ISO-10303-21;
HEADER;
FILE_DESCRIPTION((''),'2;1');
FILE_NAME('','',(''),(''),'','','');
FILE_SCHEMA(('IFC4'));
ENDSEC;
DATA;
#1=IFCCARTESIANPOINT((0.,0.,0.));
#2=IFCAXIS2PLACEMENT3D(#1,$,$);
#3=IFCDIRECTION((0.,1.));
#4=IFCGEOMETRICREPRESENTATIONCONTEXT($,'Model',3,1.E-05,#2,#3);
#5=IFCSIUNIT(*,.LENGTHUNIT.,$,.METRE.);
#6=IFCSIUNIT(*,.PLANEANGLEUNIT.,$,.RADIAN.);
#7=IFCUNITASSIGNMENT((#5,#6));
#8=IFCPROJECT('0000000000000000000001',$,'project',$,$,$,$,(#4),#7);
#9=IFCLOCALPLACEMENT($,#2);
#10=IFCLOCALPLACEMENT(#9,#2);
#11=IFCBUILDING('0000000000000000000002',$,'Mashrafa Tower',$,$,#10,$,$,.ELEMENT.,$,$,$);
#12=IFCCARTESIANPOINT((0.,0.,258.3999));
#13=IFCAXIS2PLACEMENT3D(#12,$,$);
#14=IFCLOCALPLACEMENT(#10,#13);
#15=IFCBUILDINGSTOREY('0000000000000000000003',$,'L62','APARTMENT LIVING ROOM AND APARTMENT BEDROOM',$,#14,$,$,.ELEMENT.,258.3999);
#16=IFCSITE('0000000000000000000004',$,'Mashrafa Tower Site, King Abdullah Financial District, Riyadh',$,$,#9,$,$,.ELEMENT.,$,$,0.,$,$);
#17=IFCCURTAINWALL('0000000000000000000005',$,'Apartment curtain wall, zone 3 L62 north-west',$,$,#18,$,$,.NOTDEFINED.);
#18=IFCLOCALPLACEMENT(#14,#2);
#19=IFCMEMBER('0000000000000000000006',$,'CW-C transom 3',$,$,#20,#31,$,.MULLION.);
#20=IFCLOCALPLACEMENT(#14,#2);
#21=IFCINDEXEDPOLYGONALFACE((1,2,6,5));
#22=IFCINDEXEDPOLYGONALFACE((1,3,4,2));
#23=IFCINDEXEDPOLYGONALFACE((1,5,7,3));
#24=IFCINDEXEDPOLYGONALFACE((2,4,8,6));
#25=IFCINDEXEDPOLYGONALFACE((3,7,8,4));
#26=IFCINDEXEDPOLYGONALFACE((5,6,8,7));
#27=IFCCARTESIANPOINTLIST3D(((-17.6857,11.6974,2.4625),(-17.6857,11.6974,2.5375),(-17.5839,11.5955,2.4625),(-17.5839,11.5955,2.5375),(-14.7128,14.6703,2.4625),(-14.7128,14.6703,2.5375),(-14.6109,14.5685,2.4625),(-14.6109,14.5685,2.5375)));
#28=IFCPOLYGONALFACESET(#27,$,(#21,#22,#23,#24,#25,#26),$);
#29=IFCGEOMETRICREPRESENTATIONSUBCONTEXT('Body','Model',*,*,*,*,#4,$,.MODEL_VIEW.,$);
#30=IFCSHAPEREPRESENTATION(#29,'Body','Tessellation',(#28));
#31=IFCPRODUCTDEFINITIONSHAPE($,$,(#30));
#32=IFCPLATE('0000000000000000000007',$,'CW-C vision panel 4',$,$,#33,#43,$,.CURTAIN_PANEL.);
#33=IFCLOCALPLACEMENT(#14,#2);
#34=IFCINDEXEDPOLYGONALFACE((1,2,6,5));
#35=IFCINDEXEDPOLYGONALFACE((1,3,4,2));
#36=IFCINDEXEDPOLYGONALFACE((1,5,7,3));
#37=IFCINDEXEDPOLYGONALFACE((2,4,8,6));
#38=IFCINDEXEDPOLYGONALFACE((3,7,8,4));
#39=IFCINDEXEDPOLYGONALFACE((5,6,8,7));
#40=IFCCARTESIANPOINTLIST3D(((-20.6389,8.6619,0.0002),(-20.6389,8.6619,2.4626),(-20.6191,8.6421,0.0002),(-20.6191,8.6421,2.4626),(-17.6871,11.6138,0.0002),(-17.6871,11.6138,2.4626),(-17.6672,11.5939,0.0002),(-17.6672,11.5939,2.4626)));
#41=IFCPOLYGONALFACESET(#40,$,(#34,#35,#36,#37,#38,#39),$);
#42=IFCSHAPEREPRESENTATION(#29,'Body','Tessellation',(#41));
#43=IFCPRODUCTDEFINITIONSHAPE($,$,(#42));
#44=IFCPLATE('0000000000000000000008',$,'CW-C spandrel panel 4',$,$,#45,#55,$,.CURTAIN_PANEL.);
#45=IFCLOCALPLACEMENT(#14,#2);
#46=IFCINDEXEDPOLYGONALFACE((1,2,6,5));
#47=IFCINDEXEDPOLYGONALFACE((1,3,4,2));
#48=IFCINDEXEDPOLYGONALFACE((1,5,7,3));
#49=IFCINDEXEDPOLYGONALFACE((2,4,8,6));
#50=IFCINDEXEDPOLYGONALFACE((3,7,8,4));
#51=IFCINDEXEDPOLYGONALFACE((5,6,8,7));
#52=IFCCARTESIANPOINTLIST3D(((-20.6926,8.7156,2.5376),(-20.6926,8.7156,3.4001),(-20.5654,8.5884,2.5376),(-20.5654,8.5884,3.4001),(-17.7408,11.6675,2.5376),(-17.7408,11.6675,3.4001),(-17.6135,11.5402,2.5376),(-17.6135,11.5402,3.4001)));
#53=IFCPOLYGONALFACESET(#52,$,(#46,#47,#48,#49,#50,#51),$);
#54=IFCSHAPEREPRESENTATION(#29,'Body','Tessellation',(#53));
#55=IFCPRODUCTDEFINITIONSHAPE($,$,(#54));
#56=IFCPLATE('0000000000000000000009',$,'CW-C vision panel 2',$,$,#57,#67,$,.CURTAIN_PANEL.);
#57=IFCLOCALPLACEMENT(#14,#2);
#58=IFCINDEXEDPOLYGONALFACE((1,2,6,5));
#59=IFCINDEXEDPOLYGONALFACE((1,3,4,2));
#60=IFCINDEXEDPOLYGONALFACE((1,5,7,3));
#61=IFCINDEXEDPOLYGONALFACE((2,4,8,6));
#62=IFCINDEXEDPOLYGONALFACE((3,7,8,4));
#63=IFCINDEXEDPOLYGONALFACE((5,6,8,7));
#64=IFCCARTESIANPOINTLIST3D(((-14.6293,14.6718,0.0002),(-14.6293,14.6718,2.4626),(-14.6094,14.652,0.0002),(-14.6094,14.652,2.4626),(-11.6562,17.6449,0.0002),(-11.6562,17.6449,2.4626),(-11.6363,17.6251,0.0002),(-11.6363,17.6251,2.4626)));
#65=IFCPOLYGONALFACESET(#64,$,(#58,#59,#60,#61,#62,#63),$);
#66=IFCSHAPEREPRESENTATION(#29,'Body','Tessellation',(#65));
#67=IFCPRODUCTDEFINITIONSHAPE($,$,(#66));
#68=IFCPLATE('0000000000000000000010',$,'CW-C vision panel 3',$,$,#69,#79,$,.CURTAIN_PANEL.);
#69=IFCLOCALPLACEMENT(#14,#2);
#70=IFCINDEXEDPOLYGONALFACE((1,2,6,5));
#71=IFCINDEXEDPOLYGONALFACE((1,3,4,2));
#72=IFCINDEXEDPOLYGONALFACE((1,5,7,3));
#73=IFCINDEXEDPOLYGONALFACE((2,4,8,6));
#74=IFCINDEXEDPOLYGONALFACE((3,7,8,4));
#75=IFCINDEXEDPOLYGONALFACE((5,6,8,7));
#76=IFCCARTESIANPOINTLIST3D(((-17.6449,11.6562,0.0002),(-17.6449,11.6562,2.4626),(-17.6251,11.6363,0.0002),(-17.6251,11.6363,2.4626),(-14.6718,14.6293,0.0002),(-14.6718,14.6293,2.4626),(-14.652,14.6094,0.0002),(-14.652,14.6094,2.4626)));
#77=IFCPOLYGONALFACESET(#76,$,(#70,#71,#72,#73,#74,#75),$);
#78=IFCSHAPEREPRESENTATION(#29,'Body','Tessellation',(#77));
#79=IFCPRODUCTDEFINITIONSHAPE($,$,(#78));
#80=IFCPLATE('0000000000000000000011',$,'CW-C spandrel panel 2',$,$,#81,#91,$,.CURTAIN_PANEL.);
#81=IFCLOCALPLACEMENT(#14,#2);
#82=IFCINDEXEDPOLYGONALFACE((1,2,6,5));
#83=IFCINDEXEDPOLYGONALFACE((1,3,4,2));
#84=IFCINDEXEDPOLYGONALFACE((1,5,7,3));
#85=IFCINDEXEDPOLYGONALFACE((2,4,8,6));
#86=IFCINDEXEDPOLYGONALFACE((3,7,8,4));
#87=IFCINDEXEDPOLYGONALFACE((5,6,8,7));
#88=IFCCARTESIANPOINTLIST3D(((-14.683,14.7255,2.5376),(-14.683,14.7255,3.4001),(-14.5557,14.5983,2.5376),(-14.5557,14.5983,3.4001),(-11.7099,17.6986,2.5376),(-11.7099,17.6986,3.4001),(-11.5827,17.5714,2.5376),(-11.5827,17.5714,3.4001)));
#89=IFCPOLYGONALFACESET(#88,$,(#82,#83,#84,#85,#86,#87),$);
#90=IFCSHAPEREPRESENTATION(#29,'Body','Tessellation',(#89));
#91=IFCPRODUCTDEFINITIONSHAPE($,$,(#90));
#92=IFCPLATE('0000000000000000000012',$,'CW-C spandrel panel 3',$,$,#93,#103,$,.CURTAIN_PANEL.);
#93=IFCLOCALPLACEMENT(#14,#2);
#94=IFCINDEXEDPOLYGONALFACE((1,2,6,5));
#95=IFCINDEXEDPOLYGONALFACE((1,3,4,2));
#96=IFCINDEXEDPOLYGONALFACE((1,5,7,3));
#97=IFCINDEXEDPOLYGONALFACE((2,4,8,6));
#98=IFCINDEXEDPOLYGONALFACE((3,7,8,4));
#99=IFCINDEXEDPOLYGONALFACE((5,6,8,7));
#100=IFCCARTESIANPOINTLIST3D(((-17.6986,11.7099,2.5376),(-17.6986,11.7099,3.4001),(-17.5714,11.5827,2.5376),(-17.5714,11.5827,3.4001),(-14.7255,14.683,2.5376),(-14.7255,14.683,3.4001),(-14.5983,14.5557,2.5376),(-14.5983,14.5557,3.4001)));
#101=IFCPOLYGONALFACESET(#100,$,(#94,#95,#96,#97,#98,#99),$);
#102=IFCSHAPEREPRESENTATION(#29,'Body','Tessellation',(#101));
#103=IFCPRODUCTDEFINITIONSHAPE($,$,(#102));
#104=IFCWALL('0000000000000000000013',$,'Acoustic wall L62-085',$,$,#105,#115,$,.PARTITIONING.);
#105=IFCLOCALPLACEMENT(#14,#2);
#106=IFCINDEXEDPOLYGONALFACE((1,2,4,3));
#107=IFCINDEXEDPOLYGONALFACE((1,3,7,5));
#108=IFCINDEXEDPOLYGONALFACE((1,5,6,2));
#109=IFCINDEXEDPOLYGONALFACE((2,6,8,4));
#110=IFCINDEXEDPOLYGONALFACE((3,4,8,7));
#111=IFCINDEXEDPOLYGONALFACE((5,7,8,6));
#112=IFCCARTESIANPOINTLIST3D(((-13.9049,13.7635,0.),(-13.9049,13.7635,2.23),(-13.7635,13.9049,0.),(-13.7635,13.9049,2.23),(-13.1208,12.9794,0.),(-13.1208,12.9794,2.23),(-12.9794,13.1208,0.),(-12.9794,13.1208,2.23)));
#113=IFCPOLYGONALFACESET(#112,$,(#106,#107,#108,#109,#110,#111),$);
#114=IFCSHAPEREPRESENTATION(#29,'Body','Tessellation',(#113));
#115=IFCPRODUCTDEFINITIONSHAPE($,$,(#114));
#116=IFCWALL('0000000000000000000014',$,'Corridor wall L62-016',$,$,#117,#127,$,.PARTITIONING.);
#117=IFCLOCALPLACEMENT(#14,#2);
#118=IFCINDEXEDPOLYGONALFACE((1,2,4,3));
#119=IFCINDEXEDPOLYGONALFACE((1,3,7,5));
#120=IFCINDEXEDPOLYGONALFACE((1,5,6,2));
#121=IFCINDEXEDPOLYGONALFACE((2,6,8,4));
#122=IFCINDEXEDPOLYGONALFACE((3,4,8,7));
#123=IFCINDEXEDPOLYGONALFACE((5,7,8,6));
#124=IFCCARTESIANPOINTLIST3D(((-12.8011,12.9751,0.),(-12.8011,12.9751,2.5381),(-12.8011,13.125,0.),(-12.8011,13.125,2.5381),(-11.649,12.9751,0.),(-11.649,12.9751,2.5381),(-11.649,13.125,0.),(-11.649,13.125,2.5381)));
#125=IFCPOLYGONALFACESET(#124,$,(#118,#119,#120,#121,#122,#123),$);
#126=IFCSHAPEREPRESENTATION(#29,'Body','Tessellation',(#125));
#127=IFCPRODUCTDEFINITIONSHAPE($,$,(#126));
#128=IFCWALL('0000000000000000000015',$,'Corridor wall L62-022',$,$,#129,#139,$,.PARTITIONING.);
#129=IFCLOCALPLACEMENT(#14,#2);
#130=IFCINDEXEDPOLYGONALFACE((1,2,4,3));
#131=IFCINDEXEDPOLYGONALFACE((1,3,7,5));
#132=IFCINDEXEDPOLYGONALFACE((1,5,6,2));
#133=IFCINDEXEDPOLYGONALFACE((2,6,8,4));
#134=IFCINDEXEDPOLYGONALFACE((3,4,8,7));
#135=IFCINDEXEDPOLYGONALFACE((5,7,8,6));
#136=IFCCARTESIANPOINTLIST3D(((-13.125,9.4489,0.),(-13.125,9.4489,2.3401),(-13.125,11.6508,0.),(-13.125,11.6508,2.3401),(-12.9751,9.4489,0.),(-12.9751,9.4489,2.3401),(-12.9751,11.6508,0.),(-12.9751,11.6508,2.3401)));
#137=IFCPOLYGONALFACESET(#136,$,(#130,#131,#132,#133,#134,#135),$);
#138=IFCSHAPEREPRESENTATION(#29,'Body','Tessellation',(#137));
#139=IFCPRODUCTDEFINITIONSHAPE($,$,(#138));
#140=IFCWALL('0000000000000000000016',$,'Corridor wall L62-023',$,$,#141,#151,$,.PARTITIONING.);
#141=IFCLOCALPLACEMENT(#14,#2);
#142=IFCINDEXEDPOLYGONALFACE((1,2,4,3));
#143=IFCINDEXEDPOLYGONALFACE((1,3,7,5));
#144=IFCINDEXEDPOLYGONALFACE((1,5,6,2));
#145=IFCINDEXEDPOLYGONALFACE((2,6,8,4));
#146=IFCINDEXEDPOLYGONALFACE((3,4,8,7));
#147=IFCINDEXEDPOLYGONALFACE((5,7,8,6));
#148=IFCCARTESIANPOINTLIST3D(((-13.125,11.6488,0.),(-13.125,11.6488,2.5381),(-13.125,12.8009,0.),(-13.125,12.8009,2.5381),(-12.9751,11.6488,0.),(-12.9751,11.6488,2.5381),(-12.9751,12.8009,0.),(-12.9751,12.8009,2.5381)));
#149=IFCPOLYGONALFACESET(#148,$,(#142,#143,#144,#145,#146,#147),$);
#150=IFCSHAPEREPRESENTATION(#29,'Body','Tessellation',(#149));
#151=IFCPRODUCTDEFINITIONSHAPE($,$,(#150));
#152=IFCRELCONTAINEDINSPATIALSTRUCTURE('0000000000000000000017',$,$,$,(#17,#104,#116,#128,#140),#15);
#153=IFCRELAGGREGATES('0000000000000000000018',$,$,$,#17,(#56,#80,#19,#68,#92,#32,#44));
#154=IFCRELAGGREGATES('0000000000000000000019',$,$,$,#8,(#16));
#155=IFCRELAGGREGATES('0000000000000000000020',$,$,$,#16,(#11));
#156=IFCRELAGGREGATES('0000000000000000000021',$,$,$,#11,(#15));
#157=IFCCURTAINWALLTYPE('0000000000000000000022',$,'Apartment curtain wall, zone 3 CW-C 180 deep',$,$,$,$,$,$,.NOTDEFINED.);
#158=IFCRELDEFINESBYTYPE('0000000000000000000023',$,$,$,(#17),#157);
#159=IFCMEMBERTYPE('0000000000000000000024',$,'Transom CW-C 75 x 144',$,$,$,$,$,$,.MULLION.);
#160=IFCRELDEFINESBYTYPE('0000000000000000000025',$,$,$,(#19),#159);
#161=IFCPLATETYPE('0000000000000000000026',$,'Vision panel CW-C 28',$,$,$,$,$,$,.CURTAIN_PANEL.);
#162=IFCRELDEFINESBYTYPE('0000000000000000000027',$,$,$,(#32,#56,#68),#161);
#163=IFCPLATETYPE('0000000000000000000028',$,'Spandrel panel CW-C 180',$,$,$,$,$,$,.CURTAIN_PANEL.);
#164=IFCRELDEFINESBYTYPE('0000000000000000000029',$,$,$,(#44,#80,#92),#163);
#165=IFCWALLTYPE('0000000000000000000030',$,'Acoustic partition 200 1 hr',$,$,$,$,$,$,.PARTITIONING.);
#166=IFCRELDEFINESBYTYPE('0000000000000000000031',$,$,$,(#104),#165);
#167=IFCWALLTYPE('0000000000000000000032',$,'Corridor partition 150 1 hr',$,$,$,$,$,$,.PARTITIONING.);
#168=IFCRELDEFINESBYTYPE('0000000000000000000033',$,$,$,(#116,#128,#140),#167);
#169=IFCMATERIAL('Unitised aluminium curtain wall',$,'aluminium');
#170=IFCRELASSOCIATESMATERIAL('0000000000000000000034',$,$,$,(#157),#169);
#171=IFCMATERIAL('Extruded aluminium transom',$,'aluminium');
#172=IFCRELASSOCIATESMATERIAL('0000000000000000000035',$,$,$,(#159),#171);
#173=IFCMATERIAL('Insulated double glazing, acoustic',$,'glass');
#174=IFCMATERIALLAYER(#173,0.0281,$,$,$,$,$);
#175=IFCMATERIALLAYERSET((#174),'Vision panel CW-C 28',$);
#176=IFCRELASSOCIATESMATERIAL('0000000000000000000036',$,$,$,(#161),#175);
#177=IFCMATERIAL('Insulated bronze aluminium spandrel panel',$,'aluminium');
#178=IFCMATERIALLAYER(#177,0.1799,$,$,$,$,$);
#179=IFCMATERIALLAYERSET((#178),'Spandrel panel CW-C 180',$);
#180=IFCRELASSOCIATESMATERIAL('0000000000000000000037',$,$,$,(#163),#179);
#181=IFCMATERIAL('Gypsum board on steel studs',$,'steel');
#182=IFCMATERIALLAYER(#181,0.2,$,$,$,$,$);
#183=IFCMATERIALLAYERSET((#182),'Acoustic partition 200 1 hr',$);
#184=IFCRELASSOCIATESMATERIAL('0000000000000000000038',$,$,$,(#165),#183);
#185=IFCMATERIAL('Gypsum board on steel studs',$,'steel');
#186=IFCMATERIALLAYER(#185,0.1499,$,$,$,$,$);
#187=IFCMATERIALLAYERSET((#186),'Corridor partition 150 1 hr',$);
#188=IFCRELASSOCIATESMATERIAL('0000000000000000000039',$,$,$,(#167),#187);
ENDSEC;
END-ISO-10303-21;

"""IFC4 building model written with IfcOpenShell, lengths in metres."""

from ifc_helpers import new_model, si_unit, direction, frame, frame_2d, origin, origin_2d, place, context, subcontext, project, spatial, rectangle, extrude, source, transform, mapped, material, layer, layer_set, material_profile, profile_set, type_object, type_shapes, element, aggregate, save


model = new_model("IFC4")

# Units and contexts
model_context = context("Model", 3, precision=1e-05, world=origin(), true_north=direction((0.0, 1.0)))
body_context = subcontext(model_context, "Body", "Model", "MODEL_VIEW")
ifc_project = project(units=[si_unit("LENGTHUNIT", "METRE"), si_unit("PLANEANGLEUNIT", "RADIAN")], contexts=[model_context])

# Site, building, storey
site_placement = place(None, origin())
site = spatial("IfcSite", under=ifc_project, at=site_placement, Name="Mashrafa Tower Site, King Abdullah Financial District, Riyadh", CompositionType="ELEMENT", RefElevation=0.0)
building_placement = place(site_placement, origin())
building = spatial("IfcBuilding", under=site, at=building_placement, Name="Mashrafa Tower", CompositionType="ELEMENT")
storey_placement = place(building_placement, frame((0.0, 0.0, 258.3999)))
storey = spatial("IfcBuildingStorey", under=building, at=storey_placement, Name="L62", Description="APARTMENT LIVING ROOM AND APARTMENT BEDROOM", CompositionType="ELEMENT", Elevation=258.3999)

# Curtain wall, member, plates
ifc_material_1 = material(Name="Unitised aluminium curtain wall", Category="aluminium")
curtain_wall_type = type_object("IfcCurtainWallType", Name="Apartment curtain wall, zone 3 CW-C 180 deep", PredefinedType="NOTDEFINED", material=ifc_material_1)
curtain_wall_placement = place(storey_placement, origin())
curtain_wall = element("IfcCurtainWall", 1, at=curtain_wall_placement, inside=storey, type_object=curtain_wall_type, Name="Apartment curtain wall, zone 3 L62 north-west", PredefinedType="NOTDEFINED")
ifc_material_2 = material(Name="Extruded aluminium transom", Category="aluminium")
ifc_material_profile_1 = material_profile(ifc_material_2, rectangle(XDim=0.144, YDim=0.075, at=origin_2d()), Name="Transom 75x144")
ifc_profile_set_1 = profile_set([ifc_material_profile_1], Name="Extruded aluminium transom")
member_type_1 = type_object("IfcMemberType", Name="Transom CW-C 75 x 144", PredefinedType="MULLION", material=ifc_profile_set_1)
shared_shape_1 = source(origin(), body_context, "Body", "SweptSolid", [
    extrude(rectangle(XDim=0.144, YDim=0.075, at=origin_2d()), origin(), (0.0, 0.0, 1.0), 4.2043),
])
member_1_placement = place(storey_placement, frame((-14.6619, 14.6194, 2.5), z_axis=(-0.707107, -0.707107, 0.0), x_axis=(0.707107, -0.707107, 0.0)))
member_1 = element("IfcMember", 2, at=member_1_placement, type_object=member_type_1, Name="CW-C transom 3", PredefinedType="MULLION", context=body_context, shape_type="MappedRepresentation", body=[
    mapped(shared_shape_1, transform((0.0, 0.0, 0.0))),
])
ifc_material_3 = material(Name="Insulated double glazing, acoustic", Category="glass")
ifc_layer_1 = layer(ifc_material_3, 0.0281)
ifc_layer_set_1 = layer_set([ifc_layer_1], Name="Vision panel CW-C 28")
plate_type_1 = type_object("IfcPlateType", Name="Vision panel CW-C 28", PredefinedType="CURTAIN_PANEL", material=ifc_layer_set_1)
shared_shape_2 = source(origin(), body_context, "Body", "SweptSolid", [
    extrude(rectangle(XDim=4.1746, YDim=0.0281, at=origin_2d()), origin(), (0.0, 0.0, 1.0), 2.4624),
])
plate_1_placement = place(storey_placement, frame((-19.1531, 10.1279, 0.0002), z_axis=(0.0, 0.0, 1.0), x_axis=(-0.707107, -0.707107, 0.0)))
plate_1 = element("IfcPlate", 3, at=plate_1_placement, type_object=plate_type_1, Name="CW-C vision panel 4", PredefinedType="CURTAIN_PANEL", context=body_context, shape_type="MappedRepresentation", body=[
    mapped(shared_shape_2, transform((0.0, 0.0, 0.0))),
])
ifc_material_4 = material(Name="Insulated bronze aluminium spandrel panel", Category="aluminium")
ifc_layer_2 = layer(ifc_material_4, 0.1799)
ifc_layer_set_2 = layer_set([ifc_layer_2], Name="Spandrel panel CW-C 180")
plate_type_2 = type_object("IfcPlateType", Name="Spandrel panel CW-C 180", PredefinedType="CURTAIN_PANEL", material=ifc_layer_set_2)
shared_shape_3 = source(origin(), body_context, "Body", "SweptSolid", [
    extrude(rectangle(XDim=4.1746, YDim=0.1799, at=origin_2d()), origin(), (0.0, 0.0, 1.0), 0.8625),
])
plate_2_placement = place(storey_placement, frame((-19.1531, 10.1279, 2.5376), z_axis=(0.0, 0.0, 1.0), x_axis=(-0.707107, -0.707107, 0.0)))
plate_2 = element("IfcPlate", 4, at=plate_2_placement, type_object=plate_type_2, Name="CW-C spandrel panel 4", PredefinedType="CURTAIN_PANEL", context=body_context, shape_type="MappedRepresentation", body=[
    mapped(shared_shape_3, transform((0.0, 0.0, 0.0))),
])
shared_shape_4 = source(origin(), body_context, "Body", "SweptSolid", [
    extrude(rectangle(XDim=4.2046, YDim=0.0281, at=origin_2d()), origin(), (0.0, 0.0, 1.0), 2.4624),
])
type_shapes(plate_type_1, [shared_shape_2, shared_shape_4])
plate_3_placement = place(storey_placement, frame((-13.1328, 16.1484, 0.0002), z_axis=(0.0, 0.0, 1.0), x_axis=(-0.707107, -0.707107, 0.0)))
plate_3 = element("IfcPlate", 5, at=plate_3_placement, type_object=plate_type_1, Name="CW-C vision panel 2", PredefinedType="CURTAIN_PANEL", context=body_context, shape_type="MappedRepresentation", body=[
    mapped(shared_shape_4, transform((0.0, 0.0, 0.0))),
])
plate_4_placement = place(storey_placement, frame((-16.1484, 13.1328, 0.0002), z_axis=(0.0, 0.0, 1.0), x_axis=(-0.707107, -0.707107, 0.0)))
plate_4 = element("IfcPlate", 6, at=plate_4_placement, type_object=plate_type_1, Name="CW-C vision panel 3", PredefinedType="CURTAIN_PANEL", context=body_context, shape_type="MappedRepresentation", body=[
    mapped(shared_shape_4, transform((0.0, 0.0, 0.0))),
])
shared_shape_5 = source(origin(), body_context, "Body", "SweptSolid", [
    extrude(rectangle(XDim=4.2046, YDim=0.1799, at=origin_2d()), origin(), (0.0, 0.0, 1.0), 0.8625),
])
type_shapes(plate_type_2, [shared_shape_3, shared_shape_5])
plate_5_placement = place(storey_placement, frame((-13.1328, 16.1484, 2.5376), z_axis=(0.0, 0.0, 1.0), x_axis=(-0.707107, -0.707107, 0.0)))
plate_5 = element("IfcPlate", 7, at=plate_5_placement, type_object=plate_type_2, Name="CW-C spandrel panel 2", PredefinedType="CURTAIN_PANEL", context=body_context, shape_type="MappedRepresentation", body=[
    mapped(shared_shape_5, transform((0.0, 0.0, 0.0))),
])
plate_6_placement = place(storey_placement, frame((-16.1484, 13.1328, 2.5376), z_axis=(0.0, 0.0, 1.0), x_axis=(-0.707107, -0.707107, 0.0)))
plate_6 = element("IfcPlate", 8, at=plate_6_placement, type_object=plate_type_2, Name="CW-C spandrel panel 3", PredefinedType="CURTAIN_PANEL", context=body_context, shape_type="MappedRepresentation", body=[
    mapped(shared_shape_5, transform((0.0, 0.0, 0.0))),
])
aggregate(curtain_wall, [plate_3, plate_5, member_1, plate_4, plate_6, plate_1, plate_2])

# Walls
ifc_material_5 = material(Name="Gypsum board on steel studs", Category="steel")
ifc_layer_3 = layer(ifc_material_5, 0.2)
ifc_layer_set_3 = layer_set([ifc_layer_3], Name="Acoustic partition 200 1 hr")
wall_type_1 = type_object("IfcWallType", Name="Acoustic partition 200 1 hr", PredefinedType="PARTITIONING", material=ifc_layer_set_3)
wall_1_placement = place(storey_placement, frame((-13.8342, 13.8342, 0.0), z_axis=(0.0, 0.0, 1.0), x_axis=(0.707107, -0.707107, 0.0)))
element("IfcWall", 9, at=wall_1_placement, inside=storey, type_object=wall_type_1, Name="Acoustic wall L62-085", PredefinedType="PARTITIONING", context=body_context, shape_type="SweptSolid", body=[
    extrude(rectangle(XDim=1.1089, YDim=0.2, at=frame_2d((0.5544, 0.0))), origin(), (0.0, 0.0, 1.0), 2.23),
])
ifc_material_6 = material(Name="Gypsum board on steel studs", Category="steel")
ifc_layer_4 = layer(ifc_material_6, 0.1499)
ifc_layer_set_4 = layer_set([ifc_layer_4], Name="Corridor partition 150 1 hr")
wall_type_2 = type_object("IfcWallType", Name="Corridor partition 150 1 hr", PredefinedType="PARTITIONING", material=ifc_layer_set_4)
wall_2_placement = place(storey_placement, frame((-11.6489, 13.05, 0.0), z_axis=(0.0, 0.0, 1.0), x_axis=(-1.0, 0.0, 0.0)))
element("IfcWall", 10, at=wall_2_placement, inside=storey, type_object=wall_type_2, Name="Corridor wall L62-016", PredefinedType="PARTITIONING", context=body_context, shape_type="SweptSolid", body=[
    extrude(rectangle(XDim=1.1521, YDim=0.1499, at=frame_2d((0.5762, 0.0))), origin(), (0.0, 0.0, 1.0), 2.5381),
])
wall_3_placement = place(storey_placement, frame((-13.05, 11.6509, 0.0), z_axis=(0.0, 0.0, 1.0), x_axis=(0.0, -1.0, 0.0)))
element("IfcWall", 11, at=wall_3_placement, inside=storey, type_object=wall_type_2, Name="Corridor wall L62-022", PredefinedType="PARTITIONING", context=body_context, shape_type="SweptSolid", body=[
    extrude(rectangle(XDim=2.2019, YDim=0.1499, at=frame_2d((1.1011, 0.0))), origin(), (0.0, 0.0, 1.0), 2.3401),
])
wall_4_placement = place(storey_placement, frame((-13.05, 12.801, 0.0), z_axis=(0.0, 0.0, 1.0), x_axis=(0.0, -1.0, 0.0)))
element("IfcWall", 12, at=wall_4_placement, inside=storey, type_object=wall_type_2, Name="Corridor wall L62-023", PredefinedType="PARTITIONING", context=body_context, shape_type="SweptSolid", body=[
    extrude(rectangle(XDim=1.1521, YDim=0.1499, at=frame_2d((0.5762, 0.0))), origin(), (0.0, 0.0, 1.0), 2.5381),
])

save(model, "model.ifc")
